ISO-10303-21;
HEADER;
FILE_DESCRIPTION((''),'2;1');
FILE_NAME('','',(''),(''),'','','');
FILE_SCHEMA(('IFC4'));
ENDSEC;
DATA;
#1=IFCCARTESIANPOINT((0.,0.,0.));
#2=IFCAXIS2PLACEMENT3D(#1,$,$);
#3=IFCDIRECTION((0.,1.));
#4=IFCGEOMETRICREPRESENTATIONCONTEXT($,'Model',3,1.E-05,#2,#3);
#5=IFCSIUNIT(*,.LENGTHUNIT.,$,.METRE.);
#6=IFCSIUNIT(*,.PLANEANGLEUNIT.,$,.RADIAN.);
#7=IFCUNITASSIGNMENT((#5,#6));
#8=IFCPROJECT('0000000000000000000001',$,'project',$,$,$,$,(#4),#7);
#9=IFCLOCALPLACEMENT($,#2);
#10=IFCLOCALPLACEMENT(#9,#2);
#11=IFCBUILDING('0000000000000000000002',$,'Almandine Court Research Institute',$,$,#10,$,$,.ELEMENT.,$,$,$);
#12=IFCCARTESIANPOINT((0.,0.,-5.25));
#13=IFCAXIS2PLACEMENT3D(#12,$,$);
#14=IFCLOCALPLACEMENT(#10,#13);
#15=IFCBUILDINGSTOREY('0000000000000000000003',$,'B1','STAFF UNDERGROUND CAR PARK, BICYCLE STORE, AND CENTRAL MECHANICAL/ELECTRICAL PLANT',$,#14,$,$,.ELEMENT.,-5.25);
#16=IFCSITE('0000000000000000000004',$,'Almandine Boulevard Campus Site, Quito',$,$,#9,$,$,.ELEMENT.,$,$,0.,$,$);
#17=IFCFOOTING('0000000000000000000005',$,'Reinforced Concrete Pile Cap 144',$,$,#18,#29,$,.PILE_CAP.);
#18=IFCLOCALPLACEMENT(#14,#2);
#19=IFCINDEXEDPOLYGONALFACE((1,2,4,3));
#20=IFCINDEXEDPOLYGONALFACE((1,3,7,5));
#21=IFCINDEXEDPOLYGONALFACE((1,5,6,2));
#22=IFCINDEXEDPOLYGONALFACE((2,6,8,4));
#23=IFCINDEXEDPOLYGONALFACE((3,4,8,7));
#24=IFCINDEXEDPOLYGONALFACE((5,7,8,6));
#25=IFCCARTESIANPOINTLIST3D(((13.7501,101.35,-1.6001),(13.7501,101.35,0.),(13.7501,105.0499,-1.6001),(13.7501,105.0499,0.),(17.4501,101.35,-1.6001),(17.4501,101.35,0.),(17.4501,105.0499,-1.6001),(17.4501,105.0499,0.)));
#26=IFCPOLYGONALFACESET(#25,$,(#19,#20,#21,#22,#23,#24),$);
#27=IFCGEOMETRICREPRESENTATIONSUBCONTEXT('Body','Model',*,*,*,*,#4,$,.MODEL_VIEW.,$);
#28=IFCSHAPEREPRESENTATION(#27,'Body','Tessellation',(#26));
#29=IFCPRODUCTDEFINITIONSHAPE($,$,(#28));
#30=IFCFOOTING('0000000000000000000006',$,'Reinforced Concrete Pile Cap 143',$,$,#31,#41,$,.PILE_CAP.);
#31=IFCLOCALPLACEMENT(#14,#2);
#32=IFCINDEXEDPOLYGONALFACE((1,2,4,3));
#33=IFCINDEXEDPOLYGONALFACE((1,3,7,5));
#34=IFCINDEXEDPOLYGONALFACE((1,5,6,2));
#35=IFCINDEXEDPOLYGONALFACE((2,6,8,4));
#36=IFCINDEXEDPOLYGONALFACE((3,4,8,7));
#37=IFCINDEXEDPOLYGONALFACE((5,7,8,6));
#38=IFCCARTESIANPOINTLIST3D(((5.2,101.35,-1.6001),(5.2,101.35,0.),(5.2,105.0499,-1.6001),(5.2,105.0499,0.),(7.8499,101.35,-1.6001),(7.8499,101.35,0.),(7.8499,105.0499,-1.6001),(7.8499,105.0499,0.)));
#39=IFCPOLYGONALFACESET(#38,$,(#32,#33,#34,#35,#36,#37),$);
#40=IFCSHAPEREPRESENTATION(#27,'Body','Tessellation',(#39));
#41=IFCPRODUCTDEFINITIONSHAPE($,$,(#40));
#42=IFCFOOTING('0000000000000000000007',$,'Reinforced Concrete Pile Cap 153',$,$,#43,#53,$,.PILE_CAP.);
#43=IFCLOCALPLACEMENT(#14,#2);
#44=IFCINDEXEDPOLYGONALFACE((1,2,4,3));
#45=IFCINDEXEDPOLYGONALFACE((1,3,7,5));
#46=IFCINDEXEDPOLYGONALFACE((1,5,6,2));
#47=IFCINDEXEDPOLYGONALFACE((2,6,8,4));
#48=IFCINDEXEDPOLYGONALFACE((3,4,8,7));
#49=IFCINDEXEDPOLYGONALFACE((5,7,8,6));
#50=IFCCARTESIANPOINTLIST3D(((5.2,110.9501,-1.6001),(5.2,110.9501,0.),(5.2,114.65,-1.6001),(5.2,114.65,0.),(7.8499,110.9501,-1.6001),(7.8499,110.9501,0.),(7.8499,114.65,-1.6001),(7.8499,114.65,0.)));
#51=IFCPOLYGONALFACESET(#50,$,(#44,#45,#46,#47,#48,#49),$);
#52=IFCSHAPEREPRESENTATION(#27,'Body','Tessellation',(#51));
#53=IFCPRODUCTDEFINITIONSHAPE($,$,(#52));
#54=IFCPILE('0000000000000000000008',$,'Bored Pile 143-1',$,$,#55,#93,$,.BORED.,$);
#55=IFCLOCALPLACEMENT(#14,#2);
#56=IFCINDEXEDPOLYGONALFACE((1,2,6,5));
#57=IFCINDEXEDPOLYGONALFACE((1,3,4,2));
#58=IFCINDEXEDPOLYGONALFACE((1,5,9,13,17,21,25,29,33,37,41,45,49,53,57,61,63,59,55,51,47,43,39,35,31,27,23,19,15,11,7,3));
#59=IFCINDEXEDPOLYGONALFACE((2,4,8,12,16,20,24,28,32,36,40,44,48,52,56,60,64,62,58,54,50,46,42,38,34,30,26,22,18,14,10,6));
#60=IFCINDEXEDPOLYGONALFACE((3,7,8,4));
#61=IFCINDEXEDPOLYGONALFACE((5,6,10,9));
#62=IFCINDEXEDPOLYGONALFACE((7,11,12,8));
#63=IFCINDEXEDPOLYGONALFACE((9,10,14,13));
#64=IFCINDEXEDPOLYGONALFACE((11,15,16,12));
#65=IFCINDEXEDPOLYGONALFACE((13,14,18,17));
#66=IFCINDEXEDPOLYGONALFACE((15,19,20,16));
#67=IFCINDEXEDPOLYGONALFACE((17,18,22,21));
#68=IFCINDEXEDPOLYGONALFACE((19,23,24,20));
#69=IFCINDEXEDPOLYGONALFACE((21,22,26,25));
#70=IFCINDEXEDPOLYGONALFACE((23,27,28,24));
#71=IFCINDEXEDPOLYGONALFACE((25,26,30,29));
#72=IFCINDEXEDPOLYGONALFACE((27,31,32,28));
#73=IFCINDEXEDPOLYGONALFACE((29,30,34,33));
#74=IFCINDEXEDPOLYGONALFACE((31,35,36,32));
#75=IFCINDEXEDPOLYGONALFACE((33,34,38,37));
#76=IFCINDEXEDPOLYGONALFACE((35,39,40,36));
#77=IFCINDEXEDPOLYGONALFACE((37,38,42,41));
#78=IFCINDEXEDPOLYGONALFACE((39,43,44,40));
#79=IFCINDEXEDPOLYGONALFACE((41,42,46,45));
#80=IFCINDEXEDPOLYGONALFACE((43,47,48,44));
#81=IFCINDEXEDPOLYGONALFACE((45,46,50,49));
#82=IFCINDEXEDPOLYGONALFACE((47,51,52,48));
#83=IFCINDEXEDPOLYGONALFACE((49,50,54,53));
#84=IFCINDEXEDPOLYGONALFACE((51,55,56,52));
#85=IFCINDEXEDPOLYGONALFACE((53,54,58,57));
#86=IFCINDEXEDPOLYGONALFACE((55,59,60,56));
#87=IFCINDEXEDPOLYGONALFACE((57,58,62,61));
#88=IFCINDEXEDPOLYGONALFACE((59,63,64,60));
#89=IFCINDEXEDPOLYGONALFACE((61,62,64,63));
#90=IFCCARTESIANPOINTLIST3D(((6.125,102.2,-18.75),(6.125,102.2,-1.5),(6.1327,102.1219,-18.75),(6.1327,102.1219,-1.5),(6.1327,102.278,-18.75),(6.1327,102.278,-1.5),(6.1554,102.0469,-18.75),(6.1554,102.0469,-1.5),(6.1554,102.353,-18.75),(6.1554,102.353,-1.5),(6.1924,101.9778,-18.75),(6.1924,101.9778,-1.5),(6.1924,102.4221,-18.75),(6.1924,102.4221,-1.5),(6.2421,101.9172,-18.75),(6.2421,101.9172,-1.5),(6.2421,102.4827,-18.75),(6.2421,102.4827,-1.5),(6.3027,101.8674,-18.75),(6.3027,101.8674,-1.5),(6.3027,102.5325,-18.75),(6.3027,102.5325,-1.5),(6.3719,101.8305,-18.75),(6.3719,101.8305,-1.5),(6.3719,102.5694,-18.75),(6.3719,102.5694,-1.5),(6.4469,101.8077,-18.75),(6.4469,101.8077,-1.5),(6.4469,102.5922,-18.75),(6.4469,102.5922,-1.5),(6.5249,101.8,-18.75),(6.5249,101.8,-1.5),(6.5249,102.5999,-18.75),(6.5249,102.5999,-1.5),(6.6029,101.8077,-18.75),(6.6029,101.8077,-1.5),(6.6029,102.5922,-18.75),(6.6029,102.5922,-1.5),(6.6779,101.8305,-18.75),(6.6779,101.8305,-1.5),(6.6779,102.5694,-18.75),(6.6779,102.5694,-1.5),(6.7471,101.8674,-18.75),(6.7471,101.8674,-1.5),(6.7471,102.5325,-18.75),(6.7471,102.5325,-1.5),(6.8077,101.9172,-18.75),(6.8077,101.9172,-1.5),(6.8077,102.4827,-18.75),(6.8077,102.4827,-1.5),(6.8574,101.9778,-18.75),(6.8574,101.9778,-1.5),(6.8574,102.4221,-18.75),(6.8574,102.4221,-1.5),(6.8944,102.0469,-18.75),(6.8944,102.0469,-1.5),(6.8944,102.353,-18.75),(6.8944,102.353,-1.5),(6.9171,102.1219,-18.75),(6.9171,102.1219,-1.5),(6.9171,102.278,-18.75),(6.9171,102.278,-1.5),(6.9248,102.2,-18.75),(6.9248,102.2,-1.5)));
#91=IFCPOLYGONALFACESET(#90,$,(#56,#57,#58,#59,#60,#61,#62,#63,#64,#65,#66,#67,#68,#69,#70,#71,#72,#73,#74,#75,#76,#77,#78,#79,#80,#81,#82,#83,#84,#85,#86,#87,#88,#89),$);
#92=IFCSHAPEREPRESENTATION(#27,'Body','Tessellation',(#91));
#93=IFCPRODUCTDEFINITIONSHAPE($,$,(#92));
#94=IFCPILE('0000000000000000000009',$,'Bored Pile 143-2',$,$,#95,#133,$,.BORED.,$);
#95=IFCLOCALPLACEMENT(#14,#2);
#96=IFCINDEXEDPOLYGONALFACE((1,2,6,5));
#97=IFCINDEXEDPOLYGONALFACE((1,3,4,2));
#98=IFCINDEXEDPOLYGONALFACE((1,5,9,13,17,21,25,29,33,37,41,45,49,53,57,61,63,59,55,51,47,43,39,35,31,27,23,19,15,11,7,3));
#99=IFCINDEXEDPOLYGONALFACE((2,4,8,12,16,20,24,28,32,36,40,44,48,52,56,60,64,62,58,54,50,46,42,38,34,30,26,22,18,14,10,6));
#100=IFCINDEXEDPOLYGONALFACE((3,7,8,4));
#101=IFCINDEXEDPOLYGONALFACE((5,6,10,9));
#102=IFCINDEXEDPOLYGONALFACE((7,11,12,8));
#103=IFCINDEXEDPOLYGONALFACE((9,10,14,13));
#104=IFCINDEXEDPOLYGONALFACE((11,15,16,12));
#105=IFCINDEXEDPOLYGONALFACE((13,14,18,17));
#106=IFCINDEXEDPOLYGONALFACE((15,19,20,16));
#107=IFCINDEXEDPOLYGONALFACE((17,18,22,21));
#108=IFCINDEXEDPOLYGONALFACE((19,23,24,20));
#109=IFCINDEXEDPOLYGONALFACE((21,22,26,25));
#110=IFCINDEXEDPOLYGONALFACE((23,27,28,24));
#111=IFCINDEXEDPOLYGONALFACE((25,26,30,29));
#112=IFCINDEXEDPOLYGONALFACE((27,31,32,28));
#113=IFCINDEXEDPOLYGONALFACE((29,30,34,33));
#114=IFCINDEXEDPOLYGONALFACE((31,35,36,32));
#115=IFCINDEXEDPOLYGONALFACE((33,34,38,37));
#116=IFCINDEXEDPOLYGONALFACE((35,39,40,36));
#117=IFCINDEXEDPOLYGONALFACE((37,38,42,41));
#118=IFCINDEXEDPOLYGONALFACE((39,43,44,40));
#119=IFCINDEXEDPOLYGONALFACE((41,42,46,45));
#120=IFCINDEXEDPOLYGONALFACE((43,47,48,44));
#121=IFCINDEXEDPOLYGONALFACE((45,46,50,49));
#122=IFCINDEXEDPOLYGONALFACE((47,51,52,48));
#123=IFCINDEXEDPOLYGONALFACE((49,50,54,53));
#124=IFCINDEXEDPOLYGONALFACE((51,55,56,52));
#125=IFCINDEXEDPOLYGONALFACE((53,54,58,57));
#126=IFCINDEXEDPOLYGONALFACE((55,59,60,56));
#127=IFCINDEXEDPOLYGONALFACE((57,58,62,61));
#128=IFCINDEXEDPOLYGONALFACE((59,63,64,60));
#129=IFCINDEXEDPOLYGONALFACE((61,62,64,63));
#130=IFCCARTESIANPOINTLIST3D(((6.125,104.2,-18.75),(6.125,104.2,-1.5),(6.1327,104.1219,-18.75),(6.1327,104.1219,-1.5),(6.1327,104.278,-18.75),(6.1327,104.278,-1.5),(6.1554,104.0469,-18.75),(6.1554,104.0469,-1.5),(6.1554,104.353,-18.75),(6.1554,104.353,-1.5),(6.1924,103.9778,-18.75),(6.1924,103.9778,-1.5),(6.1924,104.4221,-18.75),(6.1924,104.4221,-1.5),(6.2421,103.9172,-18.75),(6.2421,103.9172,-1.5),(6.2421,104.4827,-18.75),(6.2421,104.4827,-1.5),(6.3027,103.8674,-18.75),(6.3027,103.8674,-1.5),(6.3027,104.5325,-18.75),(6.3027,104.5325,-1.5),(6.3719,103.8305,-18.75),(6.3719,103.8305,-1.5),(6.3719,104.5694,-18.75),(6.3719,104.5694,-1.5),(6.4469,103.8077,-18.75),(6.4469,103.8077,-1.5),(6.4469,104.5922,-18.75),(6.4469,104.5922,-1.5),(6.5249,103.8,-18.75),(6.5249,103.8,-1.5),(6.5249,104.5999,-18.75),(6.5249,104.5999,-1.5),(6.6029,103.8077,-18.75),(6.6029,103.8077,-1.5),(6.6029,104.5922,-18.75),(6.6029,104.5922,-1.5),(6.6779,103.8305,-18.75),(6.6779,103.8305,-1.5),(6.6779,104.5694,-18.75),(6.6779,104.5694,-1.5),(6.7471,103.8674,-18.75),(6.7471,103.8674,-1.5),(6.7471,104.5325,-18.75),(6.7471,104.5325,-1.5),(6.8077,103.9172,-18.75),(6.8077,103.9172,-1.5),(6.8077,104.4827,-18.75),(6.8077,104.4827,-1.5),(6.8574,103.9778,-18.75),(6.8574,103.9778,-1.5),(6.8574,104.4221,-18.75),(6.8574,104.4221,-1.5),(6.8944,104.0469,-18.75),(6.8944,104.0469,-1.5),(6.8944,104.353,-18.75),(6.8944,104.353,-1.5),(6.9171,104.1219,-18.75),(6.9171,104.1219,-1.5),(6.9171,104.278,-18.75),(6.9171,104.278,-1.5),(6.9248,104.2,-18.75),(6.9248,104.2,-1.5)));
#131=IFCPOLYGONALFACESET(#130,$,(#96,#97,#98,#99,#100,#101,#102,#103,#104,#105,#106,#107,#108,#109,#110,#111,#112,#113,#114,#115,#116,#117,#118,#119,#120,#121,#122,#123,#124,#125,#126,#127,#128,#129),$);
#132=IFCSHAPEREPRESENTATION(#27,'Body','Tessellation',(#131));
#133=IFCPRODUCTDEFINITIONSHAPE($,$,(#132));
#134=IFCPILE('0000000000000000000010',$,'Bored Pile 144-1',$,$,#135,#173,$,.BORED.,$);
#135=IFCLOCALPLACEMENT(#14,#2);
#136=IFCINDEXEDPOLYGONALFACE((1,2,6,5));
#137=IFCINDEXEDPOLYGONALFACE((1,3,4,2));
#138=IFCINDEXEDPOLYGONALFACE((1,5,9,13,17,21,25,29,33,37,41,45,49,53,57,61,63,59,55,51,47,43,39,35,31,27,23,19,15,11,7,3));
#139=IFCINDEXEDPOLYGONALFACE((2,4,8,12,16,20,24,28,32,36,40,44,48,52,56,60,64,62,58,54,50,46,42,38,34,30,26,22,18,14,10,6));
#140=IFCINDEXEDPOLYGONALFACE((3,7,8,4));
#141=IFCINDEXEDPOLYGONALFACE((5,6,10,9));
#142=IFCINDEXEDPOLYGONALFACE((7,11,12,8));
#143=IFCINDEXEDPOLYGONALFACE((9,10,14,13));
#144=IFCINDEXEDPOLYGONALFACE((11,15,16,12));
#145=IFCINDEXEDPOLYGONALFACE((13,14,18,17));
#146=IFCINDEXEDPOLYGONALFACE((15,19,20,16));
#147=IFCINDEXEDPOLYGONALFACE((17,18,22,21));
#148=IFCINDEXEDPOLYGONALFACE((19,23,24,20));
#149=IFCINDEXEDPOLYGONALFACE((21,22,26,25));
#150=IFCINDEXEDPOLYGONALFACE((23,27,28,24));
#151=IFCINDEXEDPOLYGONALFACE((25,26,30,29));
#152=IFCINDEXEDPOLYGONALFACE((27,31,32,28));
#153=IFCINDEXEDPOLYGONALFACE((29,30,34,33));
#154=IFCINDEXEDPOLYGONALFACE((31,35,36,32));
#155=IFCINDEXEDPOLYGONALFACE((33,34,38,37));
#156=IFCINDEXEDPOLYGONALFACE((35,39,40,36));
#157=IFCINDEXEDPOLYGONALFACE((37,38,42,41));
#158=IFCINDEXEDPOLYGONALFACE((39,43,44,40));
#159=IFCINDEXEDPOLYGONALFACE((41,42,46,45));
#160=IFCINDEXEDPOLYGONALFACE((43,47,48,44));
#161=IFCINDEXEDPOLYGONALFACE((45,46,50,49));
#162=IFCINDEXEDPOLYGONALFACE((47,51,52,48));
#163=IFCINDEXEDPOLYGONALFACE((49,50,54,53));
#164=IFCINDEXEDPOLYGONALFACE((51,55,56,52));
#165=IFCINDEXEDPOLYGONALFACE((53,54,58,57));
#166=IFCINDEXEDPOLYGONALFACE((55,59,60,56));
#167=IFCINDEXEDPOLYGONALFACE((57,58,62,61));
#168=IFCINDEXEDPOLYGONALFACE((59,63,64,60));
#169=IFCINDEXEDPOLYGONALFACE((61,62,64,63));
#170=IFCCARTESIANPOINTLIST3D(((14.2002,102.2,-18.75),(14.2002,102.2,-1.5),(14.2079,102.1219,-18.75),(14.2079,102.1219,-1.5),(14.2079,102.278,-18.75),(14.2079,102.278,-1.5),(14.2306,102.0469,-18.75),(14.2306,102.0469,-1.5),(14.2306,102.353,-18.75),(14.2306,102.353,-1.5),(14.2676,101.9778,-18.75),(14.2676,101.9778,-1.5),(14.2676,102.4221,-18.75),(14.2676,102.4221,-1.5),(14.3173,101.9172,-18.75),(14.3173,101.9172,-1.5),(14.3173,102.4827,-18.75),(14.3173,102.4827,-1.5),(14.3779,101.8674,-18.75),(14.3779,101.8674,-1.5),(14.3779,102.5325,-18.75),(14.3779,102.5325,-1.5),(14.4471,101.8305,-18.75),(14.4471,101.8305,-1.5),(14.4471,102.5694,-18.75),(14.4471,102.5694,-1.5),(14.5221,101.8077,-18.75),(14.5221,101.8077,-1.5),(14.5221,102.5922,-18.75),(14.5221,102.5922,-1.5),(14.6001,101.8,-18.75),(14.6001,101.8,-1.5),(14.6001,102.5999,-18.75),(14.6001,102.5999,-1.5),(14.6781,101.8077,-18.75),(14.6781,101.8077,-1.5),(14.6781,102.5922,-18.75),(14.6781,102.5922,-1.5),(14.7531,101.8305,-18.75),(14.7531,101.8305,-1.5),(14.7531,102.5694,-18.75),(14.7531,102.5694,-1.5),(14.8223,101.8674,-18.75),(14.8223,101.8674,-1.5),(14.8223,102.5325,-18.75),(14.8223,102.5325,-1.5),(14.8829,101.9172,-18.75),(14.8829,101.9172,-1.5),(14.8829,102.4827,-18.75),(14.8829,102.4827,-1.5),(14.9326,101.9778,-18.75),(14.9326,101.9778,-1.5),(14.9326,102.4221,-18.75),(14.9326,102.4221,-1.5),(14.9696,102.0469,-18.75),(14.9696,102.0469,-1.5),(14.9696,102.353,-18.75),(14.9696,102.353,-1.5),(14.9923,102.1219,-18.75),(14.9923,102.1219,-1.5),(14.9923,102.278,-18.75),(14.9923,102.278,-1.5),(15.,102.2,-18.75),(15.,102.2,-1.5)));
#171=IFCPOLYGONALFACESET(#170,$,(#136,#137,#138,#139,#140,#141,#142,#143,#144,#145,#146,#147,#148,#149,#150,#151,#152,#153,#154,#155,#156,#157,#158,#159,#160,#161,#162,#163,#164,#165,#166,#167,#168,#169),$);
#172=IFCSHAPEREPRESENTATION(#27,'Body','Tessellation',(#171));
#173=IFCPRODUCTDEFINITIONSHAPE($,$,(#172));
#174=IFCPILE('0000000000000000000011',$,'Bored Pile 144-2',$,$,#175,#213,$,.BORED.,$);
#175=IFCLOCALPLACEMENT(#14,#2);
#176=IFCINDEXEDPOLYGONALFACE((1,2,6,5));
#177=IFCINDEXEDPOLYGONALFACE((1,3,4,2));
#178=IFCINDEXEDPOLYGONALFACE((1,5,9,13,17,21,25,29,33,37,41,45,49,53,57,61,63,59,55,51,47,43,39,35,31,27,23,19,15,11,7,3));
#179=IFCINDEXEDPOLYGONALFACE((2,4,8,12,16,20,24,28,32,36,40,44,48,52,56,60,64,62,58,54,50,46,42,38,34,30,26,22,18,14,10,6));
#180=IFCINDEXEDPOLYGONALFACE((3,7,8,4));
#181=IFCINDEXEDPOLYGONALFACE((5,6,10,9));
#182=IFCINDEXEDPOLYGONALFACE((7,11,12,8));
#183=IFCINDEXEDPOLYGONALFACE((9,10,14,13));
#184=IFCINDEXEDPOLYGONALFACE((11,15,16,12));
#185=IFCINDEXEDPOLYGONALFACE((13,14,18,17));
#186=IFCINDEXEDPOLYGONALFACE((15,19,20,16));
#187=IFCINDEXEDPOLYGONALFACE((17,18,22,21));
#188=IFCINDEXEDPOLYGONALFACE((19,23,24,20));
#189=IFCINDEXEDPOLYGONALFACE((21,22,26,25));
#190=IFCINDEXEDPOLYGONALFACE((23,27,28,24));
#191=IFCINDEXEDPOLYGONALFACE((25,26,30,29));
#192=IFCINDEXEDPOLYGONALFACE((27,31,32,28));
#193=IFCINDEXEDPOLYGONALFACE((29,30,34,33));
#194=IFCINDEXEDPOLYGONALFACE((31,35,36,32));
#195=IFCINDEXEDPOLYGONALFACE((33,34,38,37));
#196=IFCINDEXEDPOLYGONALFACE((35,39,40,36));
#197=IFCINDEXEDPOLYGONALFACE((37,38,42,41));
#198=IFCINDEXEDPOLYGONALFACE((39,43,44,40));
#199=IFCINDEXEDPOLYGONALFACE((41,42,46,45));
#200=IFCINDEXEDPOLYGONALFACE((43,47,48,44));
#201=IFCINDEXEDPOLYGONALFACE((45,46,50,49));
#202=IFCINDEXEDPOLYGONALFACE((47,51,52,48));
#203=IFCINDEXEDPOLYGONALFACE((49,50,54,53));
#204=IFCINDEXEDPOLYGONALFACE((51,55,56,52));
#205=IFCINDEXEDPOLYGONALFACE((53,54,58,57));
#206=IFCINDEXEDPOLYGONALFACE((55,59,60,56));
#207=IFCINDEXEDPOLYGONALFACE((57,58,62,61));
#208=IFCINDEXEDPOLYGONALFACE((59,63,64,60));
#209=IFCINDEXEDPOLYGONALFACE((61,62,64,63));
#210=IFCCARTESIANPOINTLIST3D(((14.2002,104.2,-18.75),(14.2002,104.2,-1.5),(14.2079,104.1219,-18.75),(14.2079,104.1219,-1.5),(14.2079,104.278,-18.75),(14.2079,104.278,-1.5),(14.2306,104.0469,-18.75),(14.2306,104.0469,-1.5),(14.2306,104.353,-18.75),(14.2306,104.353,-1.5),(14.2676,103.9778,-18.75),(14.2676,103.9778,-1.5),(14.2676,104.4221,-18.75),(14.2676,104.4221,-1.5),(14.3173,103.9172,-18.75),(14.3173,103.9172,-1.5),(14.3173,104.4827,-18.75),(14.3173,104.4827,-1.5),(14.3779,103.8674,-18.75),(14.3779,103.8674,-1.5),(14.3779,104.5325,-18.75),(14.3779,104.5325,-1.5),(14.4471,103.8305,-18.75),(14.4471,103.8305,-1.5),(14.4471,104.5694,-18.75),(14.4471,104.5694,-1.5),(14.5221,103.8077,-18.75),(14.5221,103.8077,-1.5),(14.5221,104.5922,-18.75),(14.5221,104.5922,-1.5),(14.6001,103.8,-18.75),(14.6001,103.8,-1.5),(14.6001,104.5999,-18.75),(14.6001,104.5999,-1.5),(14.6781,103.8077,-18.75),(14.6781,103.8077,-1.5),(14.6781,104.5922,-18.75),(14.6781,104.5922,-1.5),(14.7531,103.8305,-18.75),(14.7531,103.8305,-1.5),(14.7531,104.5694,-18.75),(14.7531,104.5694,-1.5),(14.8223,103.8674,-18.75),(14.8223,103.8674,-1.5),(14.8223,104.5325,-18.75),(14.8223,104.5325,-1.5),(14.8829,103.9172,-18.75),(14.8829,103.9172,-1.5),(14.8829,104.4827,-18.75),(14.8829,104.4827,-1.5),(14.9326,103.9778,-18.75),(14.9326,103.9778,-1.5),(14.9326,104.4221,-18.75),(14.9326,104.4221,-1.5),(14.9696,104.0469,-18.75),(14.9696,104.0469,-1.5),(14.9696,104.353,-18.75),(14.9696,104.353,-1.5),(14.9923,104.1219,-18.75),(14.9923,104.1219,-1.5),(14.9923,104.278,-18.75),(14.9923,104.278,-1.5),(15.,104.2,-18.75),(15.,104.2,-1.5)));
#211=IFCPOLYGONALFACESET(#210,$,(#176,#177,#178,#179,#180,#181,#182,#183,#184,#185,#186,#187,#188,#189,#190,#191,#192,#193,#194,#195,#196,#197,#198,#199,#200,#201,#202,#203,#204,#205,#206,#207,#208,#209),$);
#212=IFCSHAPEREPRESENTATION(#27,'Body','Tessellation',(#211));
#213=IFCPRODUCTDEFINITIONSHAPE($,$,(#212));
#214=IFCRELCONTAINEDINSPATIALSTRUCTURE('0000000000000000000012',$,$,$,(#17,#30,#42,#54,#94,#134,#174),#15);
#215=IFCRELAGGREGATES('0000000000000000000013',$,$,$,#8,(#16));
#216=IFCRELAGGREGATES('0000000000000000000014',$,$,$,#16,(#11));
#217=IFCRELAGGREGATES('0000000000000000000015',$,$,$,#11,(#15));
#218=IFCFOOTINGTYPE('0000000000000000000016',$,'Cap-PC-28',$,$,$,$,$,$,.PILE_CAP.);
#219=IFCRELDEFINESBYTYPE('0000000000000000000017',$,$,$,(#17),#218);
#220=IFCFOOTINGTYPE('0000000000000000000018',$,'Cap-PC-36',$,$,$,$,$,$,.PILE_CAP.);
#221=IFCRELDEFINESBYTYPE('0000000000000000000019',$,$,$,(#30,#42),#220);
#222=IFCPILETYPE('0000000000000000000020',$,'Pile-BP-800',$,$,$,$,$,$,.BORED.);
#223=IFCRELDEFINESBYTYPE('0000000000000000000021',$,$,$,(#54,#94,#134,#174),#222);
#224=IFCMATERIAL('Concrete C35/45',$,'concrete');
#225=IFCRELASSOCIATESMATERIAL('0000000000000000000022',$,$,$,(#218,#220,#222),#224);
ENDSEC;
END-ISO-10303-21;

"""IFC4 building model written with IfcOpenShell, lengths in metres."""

from ifc_helpers import new_model, si_unit, direction, frame, origin, origin_2d, place, context, subcontext, project, spatial, rectangle, circle, extrude, material, material_profile, profile_set, type_object, element, save


model = new_model("IFC4")

# Units and contexts
model_context = context("Model", 3, precision=1e-05, world=origin(), true_north=direction((0.0, 1.0)))
body_context = subcontext(model_context, "Body", "Model", "MODEL_VIEW")
ifc_project = project(units=[si_unit("LENGTHUNIT", "METRE"), si_unit("PLANEANGLEUNIT", "RADIAN")], contexts=[model_context])

# Site, building, storey
site_placement = place(None, origin())
site = spatial("IfcSite", under=ifc_project, at=site_placement, Name="Almandine Boulevard Campus Site, Quito", CompositionType="ELEMENT", RefElevation=0.0)
building_placement = place(site_placement, origin())
building = spatial("IfcBuilding", under=site, at=building_placement, Name="Almandine Court Research Institute", CompositionType="ELEMENT")
storey_placement = place(building_placement, frame((0.0, 0.0, -5.25)))
storey = spatial("IfcBuildingStorey", under=building, at=storey_placement, Name="B1", Description="STAFF UNDERGROUND CAR PARK, BICYCLE STORE, AND CENTRAL MECHANICAL/ELECTRICAL PLANT", CompositionType="ELEMENT", Elevation=-5.25)

# Footings
ifc_material_1 = material(Name="Concrete C35/45", Category="concrete")
footing_type_1 = type_object("IfcFootingType", Name="Cap-PC-28", PredefinedType="PILE_CAP", material=ifc_material_1)
footing_placement = place(storey_placement, frame((15.6001, 103.2, -1.6001), z_axis=(0.0, 0.0, 1.0), x_axis=(1.0, 0.0, 0.0)))
element("IfcFooting", 1, at=footing_placement, inside=storey, type_object=footing_type_1, Name="Reinforced Concrete Pile Cap 144", PredefinedType="PILE_CAP", context=body_context, shape_type="SweptSolid", body=[
    extrude(rectangle(XDim=3.7, YDim=3.7, at=origin_2d()), origin(), (0.0, 0.0, 1.0), 1.6001),
])
footing_type_2 = type_object("IfcFootingType", Name="Cap-PC-36", PredefinedType="PILE_CAP", material=ifc_material_1)
for number, where, z_axis, x_axis, name in (
    (2, (6.5249, 103.2, -1.6001), (0.0, 0.0, 1.0), (1.0, 0.0, 0.0), "Reinforced Concrete Pile Cap 143"),
    (3, (6.5249, 112.8, -1.6001), (0.0, 0.0, 1.0), (1.0, 0.0, 0.0), "Reinforced Concrete Pile Cap 153"),
):
    element("IfcFooting", number, at=place(storey_placement, frame(where, z_axis=z_axis, x_axis=x_axis)), inside=storey, type_object=footing_type_2, Name=name, PredefinedType="PILE_CAP", context=body_context, shape_type="SweptSolid", body=[
        extrude(rectangle(XDim=2.6499, YDim=3.7, at=origin_2d()), origin(), (0.0, 0.0, 1.0), 1.6001),
    ])

# Piles
ifc_material_profile_1 = material_profile(ifc_material_1, circle(Radius=0.3999, at=origin_2d()), Name="BORED PILE D800")
ifc_profile_set_1 = profile_set([ifc_material_profile_1], Name="Concrete C35/45")
pile_type = type_object("IfcPileType", Name="Pile-BP-800", PredefinedType="BORED", material=ifc_profile_set_1)
for number, where, z_axis, x_axis, name in (
    (4, (6.5249, 102.2, -1.5), (0.0, 0.0, -1.0), (1.0, 0.0, 0.0), "Bored Pile 143-1"),
    (5, (6.5249, 104.2, -1.5), (0.0, 0.0, -1.0), (1.0, 0.0, 0.0), "Bored Pile 143-2"),
    (6, (14.6001, 102.2, -1.5), (0.0, 0.0, -1.0), (1.0, 0.0, 0.0), "Bored Pile 144-1"),
    (7, (14.6001, 104.2, -1.5), (0.0, 0.0, -1.0), (1.0, 0.0, 0.0), "Bored Pile 144-2"),
):
    element("IfcPile", number, at=place(storey_placement, frame(where, z_axis=z_axis, x_axis=x_axis)), inside=storey, type_object=pile_type, Name=name, PredefinedType="BORED", context=body_context, shape_type="SweptSolid", body=[
        extrude(circle(Radius=0.3999, at=origin_2d()), origin(), (0.0, 0.0, 1.0), 17.25),
    ])

save(model, "model.ifc")
